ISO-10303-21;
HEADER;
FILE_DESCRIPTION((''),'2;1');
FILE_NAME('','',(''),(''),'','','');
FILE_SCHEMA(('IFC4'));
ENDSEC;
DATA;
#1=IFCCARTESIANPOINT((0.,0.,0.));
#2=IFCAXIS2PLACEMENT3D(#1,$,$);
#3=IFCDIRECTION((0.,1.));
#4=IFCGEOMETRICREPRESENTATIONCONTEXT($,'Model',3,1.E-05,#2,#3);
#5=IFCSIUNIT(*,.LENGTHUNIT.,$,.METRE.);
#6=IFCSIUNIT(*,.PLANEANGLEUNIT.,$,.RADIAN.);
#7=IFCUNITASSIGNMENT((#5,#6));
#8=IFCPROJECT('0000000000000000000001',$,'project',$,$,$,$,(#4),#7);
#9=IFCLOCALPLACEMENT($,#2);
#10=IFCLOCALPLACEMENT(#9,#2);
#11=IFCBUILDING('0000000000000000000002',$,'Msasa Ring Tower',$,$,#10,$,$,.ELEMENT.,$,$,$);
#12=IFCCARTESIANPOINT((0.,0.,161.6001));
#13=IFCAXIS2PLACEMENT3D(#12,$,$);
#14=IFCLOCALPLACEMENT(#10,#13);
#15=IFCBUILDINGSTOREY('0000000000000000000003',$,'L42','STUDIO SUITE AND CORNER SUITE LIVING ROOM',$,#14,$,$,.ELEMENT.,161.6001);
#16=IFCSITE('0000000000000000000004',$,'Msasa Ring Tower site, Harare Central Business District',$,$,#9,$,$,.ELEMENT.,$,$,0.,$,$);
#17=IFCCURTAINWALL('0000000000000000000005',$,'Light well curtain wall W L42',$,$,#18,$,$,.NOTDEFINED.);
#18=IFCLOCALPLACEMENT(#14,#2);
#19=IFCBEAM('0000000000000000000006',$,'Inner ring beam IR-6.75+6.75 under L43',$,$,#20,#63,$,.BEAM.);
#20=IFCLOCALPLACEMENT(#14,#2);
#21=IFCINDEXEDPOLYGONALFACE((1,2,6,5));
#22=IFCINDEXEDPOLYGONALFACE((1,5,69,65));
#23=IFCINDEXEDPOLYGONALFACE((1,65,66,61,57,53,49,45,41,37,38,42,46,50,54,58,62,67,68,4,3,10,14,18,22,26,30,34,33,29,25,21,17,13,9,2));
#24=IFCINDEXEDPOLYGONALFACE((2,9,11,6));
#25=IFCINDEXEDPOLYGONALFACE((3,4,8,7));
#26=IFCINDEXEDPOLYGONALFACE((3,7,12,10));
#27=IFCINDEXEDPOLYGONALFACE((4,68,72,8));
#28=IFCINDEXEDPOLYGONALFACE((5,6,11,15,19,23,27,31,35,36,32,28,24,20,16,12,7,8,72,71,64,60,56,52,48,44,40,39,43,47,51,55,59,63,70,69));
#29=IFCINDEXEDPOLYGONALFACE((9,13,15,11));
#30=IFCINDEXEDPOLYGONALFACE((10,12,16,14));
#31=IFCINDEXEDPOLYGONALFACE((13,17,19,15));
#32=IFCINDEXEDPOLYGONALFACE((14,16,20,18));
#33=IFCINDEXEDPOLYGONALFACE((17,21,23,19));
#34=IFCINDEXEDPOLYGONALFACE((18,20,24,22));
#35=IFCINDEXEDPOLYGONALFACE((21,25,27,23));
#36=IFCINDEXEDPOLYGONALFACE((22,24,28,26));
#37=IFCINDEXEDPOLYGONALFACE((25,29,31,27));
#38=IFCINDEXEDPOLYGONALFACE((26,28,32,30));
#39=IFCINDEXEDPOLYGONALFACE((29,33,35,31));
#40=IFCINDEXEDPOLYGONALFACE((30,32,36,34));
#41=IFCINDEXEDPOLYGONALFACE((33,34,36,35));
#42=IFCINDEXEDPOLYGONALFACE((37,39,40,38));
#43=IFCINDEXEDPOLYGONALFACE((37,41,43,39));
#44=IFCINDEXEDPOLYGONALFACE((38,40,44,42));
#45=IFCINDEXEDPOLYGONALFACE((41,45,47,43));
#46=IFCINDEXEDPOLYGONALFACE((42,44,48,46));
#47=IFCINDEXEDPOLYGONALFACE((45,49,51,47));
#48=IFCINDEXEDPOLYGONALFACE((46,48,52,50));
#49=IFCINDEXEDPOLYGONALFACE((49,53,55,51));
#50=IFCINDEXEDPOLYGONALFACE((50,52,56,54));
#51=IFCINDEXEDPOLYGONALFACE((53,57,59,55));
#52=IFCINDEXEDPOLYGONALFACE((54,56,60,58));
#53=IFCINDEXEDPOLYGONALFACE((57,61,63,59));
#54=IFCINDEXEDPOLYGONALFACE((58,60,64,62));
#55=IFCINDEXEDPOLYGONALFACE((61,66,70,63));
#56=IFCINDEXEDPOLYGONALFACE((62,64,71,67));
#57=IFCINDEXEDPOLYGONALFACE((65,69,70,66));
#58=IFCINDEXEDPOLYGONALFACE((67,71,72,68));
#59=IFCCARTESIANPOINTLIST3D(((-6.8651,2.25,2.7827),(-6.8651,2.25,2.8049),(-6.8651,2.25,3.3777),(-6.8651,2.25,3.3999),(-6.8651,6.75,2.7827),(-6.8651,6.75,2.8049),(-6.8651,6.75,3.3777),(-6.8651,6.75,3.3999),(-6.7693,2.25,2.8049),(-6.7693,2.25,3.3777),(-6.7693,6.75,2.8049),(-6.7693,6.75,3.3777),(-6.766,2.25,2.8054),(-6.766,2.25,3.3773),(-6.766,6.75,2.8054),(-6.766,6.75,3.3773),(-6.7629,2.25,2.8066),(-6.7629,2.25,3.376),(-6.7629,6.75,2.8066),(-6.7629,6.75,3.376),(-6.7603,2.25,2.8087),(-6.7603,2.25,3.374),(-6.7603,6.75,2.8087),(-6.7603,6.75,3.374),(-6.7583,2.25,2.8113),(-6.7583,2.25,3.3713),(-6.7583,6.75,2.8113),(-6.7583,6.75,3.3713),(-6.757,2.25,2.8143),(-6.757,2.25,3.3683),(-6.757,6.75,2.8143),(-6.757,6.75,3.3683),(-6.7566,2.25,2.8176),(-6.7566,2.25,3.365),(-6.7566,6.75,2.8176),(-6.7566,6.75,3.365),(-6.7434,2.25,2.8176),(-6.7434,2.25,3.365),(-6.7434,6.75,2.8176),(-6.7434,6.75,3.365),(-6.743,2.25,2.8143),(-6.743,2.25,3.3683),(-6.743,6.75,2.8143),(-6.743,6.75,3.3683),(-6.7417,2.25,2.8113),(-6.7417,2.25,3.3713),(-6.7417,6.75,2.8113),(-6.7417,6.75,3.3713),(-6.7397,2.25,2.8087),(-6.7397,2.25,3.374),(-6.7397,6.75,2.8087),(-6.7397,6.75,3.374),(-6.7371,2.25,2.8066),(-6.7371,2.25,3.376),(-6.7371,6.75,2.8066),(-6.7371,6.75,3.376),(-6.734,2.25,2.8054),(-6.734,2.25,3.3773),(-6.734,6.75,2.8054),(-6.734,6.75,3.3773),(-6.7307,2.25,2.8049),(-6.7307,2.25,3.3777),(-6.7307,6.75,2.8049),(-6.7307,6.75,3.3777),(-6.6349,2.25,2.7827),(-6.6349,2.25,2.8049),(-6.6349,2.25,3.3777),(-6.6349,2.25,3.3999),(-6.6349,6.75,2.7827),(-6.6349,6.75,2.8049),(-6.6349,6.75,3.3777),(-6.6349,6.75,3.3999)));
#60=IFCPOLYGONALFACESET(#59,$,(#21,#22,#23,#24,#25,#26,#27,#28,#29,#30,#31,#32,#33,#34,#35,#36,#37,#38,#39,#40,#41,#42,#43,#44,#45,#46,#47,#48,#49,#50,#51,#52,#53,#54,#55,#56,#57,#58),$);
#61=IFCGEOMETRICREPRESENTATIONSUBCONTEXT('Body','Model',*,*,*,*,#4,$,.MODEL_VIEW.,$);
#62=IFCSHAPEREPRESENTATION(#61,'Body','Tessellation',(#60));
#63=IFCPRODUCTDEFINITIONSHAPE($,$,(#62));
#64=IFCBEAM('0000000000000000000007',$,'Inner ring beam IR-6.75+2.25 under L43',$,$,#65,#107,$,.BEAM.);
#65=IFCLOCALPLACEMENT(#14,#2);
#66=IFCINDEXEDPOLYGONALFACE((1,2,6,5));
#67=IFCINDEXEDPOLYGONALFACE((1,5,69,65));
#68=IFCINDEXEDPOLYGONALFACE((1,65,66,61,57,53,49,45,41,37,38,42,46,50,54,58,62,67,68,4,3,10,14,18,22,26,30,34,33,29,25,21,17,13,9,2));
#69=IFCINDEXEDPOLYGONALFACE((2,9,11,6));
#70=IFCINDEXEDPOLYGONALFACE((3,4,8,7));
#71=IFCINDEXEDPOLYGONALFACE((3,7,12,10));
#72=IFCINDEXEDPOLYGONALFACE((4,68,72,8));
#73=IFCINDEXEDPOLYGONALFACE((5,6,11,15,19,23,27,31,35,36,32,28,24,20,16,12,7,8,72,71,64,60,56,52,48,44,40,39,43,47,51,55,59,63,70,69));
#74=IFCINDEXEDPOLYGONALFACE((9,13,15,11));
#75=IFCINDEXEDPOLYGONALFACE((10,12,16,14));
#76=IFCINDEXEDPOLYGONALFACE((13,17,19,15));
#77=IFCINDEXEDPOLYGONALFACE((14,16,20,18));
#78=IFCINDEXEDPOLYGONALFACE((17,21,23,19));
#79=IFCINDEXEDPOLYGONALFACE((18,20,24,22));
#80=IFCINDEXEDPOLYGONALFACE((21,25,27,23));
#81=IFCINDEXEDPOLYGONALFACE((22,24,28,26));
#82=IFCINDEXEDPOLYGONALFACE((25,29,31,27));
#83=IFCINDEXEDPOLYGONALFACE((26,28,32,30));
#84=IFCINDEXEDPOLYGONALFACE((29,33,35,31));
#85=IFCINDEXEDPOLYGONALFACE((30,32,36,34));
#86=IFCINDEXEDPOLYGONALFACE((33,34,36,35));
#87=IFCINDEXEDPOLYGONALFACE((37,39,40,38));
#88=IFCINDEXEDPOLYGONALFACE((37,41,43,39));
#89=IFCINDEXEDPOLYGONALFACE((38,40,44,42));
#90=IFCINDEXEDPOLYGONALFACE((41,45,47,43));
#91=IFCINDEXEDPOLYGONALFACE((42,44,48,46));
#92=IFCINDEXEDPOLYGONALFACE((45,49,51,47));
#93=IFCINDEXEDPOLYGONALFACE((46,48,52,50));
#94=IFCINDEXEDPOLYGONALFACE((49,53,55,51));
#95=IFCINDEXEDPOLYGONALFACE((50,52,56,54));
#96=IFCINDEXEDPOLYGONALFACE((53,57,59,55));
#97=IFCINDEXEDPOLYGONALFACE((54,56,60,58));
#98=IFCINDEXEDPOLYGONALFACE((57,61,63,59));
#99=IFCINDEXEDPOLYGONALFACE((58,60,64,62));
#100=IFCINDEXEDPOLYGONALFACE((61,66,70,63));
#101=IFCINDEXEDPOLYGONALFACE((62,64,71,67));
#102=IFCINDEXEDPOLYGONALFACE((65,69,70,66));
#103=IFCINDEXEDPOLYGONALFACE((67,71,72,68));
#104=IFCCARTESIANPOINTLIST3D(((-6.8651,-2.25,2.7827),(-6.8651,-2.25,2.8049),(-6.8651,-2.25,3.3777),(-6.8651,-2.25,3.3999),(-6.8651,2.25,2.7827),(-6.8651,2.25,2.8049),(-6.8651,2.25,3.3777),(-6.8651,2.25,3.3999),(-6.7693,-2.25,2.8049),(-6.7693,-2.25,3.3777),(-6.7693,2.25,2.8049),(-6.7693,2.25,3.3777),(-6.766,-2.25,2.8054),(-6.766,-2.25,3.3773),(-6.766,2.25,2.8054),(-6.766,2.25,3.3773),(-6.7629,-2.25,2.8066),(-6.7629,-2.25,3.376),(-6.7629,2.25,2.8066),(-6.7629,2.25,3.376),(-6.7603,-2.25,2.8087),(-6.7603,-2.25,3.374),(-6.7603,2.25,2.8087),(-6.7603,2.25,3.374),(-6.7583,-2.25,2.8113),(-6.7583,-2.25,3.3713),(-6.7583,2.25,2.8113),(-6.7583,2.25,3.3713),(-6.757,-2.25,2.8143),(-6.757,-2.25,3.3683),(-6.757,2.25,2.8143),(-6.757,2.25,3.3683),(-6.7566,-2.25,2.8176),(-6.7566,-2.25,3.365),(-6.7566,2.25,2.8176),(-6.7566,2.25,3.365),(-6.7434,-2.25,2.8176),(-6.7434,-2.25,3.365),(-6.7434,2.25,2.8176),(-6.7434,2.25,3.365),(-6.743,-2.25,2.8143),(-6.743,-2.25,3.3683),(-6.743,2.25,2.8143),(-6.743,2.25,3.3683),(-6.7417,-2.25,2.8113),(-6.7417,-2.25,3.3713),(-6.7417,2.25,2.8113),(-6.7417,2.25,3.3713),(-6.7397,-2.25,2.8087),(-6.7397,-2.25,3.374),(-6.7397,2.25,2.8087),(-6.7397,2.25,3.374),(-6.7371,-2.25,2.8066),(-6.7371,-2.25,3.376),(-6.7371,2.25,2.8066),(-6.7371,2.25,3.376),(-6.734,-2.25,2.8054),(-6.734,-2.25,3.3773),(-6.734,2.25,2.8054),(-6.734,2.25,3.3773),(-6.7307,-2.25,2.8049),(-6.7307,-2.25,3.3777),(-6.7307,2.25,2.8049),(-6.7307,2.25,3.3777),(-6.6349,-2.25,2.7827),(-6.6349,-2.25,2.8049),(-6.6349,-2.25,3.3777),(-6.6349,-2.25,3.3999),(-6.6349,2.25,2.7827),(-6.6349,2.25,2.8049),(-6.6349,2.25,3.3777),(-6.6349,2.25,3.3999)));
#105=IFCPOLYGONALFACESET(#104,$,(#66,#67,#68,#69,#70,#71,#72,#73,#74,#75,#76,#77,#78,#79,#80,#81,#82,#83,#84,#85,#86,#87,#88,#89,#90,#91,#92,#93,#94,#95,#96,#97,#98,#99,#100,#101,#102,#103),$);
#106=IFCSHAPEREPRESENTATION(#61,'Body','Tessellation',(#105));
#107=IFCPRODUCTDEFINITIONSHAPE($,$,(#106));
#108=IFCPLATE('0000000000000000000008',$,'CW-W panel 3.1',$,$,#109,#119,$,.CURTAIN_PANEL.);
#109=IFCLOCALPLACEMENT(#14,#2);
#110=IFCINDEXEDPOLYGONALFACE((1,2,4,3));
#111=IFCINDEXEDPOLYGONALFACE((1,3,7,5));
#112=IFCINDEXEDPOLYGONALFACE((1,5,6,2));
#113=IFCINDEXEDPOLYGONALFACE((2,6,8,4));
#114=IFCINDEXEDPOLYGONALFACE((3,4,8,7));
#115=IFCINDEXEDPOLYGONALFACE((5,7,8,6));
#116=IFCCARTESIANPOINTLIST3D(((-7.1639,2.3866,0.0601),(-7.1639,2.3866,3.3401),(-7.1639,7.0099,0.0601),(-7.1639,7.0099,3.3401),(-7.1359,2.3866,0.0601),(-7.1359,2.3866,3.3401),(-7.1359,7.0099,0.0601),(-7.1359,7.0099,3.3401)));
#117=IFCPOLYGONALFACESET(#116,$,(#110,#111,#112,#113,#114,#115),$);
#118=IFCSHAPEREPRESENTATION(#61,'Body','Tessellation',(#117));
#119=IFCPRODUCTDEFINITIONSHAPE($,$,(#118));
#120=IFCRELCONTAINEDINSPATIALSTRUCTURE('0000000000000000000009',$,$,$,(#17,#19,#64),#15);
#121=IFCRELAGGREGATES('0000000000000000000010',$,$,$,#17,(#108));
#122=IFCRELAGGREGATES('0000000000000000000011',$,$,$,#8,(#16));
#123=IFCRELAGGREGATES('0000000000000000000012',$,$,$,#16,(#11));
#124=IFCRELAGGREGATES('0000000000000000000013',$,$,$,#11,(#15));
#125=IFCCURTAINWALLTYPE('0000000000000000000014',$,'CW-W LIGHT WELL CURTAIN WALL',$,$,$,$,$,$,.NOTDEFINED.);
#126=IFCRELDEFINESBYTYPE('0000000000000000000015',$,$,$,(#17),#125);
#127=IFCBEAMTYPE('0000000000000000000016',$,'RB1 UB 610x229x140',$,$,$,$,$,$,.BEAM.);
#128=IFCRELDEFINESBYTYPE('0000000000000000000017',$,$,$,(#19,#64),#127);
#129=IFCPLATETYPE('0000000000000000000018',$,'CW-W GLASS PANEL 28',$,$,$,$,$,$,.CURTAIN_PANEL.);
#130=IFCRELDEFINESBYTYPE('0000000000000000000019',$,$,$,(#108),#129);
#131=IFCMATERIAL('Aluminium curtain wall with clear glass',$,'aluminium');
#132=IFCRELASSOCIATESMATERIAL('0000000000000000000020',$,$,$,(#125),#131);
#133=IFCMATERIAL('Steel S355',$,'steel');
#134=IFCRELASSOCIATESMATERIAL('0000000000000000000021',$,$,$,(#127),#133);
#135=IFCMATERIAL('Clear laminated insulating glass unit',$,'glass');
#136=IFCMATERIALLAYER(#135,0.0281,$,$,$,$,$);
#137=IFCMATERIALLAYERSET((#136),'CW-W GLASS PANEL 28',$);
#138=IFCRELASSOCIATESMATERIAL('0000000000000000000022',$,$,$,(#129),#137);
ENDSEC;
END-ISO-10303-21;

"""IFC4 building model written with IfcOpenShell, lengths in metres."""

from ifc_helpers import new_model, si_unit, direction, frame, origin, origin_2d, place, context, subcontext, project, spatial, rectangle, i_section, extrude, material, layer, layer_set, material_profile, profile_set, type_object, element, aggregate, save


model = new_model("IFC4")

# Units and contexts
model_context = context("Model", 3, precision=1e-05, world=origin(), true_north=direction((0.0, 1.0)))
body_context = subcontext(model_context, "Body", "Model", "MODEL_VIEW")
ifc_project = project(units=[si_unit("LENGTHUNIT", "METRE"), si_unit("PLANEANGLEUNIT", "RADIAN")], contexts=[model_context])

# Site, building, storey
site_placement = place(None, origin())
site = spatial("IfcSite", under=ifc_project, at=site_placement, Name="Msasa Ring Tower site, Harare Central Business District", CompositionType="ELEMENT", RefElevation=0.0)
building_placement = place(site_placement, origin())
building = spatial("IfcBuilding", under=site, at=building_placement, Name="Msasa Ring Tower", CompositionType="ELEMENT")
storey_placement = place(building_placement, frame((0.0, 0.0, 161.6001)))
storey = spatial("IfcBuildingStorey", under=building, at=storey_placement, Name="L42", Description="STUDIO SUITE AND CORNER SUITE LIVING ROOM", CompositionType="ELEMENT", Elevation=161.6001)

# Shared definitions
ifc_material_1 = material(Name="Aluminium curtain wall with clear glass", Category="aluminium")
curtain_wall_type = type_object("IfcCurtainWallType", Name="CW-W LIGHT WELL CURTAIN WALL", PredefinedType="NOTDEFINED", material=ifc_material_1)

# Curtain wall
curtain_wall_1_placement = place(storey_placement, origin())
curtain_wall_1 = element("IfcCurtainWall", 1, at=curtain_wall_1_placement, inside=storey, type_object=curtain_wall_type, Name="Light well curtain wall W L42", PredefinedType="NOTDEFINED")

# Beams
ifc_material_2 = material(Name="Steel S355", Category="steel")
ifc_material_profile_1 = material_profile(ifc_material_2, i_section(OverallWidth=0.2302, OverallDepth=0.6172, WebThickness=0.0132, FlangeThickness=0.0222, FilletRadius=0.0127, at=origin_2d()), Name="UB 610x229x140")
ifc_profile_set_1 = profile_set([ifc_material_profile_1], Name="Steel S355")
beam_type = type_object("IfcBeamType", Name="RB1 UB 610x229x140", PredefinedType="BEAM", material=ifc_profile_set_1)
for number, where, z_axis, x_axis, name in (
    (2, (-6.75, 6.75, 3.0913), (0.0, -1.0, 0.0), (1.0, 0.0, 0.0), "Inner ring beam IR-6.75+6.75 under L43"),
    (3, (-6.75, 2.25, 3.0913), (0.0, -1.0, 0.0), (1.0, 0.0, 0.0), "Inner ring beam IR-6.75+2.25 under L43"),
):
    element("IfcBeam", number, at=place(storey_placement, frame(where, z_axis=z_axis, x_axis=x_axis)), inside=storey, type_object=beam_type, Name=name, PredefinedType="BEAM", context=body_context, shape_type="SweptSolid", body=[
        extrude(i_section(OverallWidth=0.2302, OverallDepth=0.6172, WebThickness=0.0132, FlangeThickness=0.0222, FilletRadius=0.0127, at=origin_2d()), origin(), (0.0, 0.0, 1.0), 4.5),
    ])

# Plate
ifc_material_3 = material(Name="Clear laminated insulating glass unit", Category="glass")
ifc_layer_1 = layer(ifc_material_3, 0.0281)
ifc_layer_set_1 = layer_set([ifc_layer_1], Name="CW-W GLASS PANEL 28")
plate_type = type_object("IfcPlateType", Name="CW-W GLASS PANEL 28", PredefinedType="CURTAIN_PANEL", material=ifc_layer_set_1)
plate_placement = place(storey_placement, frame((-7.1499, 4.6982, 0.0601), z_axis=(0.0, 0.0, 1.0), x_axis=(0.0, 1.0, 0.0)))
plate = element("IfcPlate", 4, at=plate_placement, type_object=plate_type, Name="CW-W panel 3.1", PredefinedType="CURTAIN_PANEL", context=body_context, shape_type="SweptSolid", body=[
    extrude(rectangle(XDim=4.6233, YDim=0.0281, at=origin_2d()), origin(), (0.0, 0.0, 1.0), 3.28),
])
aggregate(curtain_wall_1, [plate])

save(model, "model.ifc")
